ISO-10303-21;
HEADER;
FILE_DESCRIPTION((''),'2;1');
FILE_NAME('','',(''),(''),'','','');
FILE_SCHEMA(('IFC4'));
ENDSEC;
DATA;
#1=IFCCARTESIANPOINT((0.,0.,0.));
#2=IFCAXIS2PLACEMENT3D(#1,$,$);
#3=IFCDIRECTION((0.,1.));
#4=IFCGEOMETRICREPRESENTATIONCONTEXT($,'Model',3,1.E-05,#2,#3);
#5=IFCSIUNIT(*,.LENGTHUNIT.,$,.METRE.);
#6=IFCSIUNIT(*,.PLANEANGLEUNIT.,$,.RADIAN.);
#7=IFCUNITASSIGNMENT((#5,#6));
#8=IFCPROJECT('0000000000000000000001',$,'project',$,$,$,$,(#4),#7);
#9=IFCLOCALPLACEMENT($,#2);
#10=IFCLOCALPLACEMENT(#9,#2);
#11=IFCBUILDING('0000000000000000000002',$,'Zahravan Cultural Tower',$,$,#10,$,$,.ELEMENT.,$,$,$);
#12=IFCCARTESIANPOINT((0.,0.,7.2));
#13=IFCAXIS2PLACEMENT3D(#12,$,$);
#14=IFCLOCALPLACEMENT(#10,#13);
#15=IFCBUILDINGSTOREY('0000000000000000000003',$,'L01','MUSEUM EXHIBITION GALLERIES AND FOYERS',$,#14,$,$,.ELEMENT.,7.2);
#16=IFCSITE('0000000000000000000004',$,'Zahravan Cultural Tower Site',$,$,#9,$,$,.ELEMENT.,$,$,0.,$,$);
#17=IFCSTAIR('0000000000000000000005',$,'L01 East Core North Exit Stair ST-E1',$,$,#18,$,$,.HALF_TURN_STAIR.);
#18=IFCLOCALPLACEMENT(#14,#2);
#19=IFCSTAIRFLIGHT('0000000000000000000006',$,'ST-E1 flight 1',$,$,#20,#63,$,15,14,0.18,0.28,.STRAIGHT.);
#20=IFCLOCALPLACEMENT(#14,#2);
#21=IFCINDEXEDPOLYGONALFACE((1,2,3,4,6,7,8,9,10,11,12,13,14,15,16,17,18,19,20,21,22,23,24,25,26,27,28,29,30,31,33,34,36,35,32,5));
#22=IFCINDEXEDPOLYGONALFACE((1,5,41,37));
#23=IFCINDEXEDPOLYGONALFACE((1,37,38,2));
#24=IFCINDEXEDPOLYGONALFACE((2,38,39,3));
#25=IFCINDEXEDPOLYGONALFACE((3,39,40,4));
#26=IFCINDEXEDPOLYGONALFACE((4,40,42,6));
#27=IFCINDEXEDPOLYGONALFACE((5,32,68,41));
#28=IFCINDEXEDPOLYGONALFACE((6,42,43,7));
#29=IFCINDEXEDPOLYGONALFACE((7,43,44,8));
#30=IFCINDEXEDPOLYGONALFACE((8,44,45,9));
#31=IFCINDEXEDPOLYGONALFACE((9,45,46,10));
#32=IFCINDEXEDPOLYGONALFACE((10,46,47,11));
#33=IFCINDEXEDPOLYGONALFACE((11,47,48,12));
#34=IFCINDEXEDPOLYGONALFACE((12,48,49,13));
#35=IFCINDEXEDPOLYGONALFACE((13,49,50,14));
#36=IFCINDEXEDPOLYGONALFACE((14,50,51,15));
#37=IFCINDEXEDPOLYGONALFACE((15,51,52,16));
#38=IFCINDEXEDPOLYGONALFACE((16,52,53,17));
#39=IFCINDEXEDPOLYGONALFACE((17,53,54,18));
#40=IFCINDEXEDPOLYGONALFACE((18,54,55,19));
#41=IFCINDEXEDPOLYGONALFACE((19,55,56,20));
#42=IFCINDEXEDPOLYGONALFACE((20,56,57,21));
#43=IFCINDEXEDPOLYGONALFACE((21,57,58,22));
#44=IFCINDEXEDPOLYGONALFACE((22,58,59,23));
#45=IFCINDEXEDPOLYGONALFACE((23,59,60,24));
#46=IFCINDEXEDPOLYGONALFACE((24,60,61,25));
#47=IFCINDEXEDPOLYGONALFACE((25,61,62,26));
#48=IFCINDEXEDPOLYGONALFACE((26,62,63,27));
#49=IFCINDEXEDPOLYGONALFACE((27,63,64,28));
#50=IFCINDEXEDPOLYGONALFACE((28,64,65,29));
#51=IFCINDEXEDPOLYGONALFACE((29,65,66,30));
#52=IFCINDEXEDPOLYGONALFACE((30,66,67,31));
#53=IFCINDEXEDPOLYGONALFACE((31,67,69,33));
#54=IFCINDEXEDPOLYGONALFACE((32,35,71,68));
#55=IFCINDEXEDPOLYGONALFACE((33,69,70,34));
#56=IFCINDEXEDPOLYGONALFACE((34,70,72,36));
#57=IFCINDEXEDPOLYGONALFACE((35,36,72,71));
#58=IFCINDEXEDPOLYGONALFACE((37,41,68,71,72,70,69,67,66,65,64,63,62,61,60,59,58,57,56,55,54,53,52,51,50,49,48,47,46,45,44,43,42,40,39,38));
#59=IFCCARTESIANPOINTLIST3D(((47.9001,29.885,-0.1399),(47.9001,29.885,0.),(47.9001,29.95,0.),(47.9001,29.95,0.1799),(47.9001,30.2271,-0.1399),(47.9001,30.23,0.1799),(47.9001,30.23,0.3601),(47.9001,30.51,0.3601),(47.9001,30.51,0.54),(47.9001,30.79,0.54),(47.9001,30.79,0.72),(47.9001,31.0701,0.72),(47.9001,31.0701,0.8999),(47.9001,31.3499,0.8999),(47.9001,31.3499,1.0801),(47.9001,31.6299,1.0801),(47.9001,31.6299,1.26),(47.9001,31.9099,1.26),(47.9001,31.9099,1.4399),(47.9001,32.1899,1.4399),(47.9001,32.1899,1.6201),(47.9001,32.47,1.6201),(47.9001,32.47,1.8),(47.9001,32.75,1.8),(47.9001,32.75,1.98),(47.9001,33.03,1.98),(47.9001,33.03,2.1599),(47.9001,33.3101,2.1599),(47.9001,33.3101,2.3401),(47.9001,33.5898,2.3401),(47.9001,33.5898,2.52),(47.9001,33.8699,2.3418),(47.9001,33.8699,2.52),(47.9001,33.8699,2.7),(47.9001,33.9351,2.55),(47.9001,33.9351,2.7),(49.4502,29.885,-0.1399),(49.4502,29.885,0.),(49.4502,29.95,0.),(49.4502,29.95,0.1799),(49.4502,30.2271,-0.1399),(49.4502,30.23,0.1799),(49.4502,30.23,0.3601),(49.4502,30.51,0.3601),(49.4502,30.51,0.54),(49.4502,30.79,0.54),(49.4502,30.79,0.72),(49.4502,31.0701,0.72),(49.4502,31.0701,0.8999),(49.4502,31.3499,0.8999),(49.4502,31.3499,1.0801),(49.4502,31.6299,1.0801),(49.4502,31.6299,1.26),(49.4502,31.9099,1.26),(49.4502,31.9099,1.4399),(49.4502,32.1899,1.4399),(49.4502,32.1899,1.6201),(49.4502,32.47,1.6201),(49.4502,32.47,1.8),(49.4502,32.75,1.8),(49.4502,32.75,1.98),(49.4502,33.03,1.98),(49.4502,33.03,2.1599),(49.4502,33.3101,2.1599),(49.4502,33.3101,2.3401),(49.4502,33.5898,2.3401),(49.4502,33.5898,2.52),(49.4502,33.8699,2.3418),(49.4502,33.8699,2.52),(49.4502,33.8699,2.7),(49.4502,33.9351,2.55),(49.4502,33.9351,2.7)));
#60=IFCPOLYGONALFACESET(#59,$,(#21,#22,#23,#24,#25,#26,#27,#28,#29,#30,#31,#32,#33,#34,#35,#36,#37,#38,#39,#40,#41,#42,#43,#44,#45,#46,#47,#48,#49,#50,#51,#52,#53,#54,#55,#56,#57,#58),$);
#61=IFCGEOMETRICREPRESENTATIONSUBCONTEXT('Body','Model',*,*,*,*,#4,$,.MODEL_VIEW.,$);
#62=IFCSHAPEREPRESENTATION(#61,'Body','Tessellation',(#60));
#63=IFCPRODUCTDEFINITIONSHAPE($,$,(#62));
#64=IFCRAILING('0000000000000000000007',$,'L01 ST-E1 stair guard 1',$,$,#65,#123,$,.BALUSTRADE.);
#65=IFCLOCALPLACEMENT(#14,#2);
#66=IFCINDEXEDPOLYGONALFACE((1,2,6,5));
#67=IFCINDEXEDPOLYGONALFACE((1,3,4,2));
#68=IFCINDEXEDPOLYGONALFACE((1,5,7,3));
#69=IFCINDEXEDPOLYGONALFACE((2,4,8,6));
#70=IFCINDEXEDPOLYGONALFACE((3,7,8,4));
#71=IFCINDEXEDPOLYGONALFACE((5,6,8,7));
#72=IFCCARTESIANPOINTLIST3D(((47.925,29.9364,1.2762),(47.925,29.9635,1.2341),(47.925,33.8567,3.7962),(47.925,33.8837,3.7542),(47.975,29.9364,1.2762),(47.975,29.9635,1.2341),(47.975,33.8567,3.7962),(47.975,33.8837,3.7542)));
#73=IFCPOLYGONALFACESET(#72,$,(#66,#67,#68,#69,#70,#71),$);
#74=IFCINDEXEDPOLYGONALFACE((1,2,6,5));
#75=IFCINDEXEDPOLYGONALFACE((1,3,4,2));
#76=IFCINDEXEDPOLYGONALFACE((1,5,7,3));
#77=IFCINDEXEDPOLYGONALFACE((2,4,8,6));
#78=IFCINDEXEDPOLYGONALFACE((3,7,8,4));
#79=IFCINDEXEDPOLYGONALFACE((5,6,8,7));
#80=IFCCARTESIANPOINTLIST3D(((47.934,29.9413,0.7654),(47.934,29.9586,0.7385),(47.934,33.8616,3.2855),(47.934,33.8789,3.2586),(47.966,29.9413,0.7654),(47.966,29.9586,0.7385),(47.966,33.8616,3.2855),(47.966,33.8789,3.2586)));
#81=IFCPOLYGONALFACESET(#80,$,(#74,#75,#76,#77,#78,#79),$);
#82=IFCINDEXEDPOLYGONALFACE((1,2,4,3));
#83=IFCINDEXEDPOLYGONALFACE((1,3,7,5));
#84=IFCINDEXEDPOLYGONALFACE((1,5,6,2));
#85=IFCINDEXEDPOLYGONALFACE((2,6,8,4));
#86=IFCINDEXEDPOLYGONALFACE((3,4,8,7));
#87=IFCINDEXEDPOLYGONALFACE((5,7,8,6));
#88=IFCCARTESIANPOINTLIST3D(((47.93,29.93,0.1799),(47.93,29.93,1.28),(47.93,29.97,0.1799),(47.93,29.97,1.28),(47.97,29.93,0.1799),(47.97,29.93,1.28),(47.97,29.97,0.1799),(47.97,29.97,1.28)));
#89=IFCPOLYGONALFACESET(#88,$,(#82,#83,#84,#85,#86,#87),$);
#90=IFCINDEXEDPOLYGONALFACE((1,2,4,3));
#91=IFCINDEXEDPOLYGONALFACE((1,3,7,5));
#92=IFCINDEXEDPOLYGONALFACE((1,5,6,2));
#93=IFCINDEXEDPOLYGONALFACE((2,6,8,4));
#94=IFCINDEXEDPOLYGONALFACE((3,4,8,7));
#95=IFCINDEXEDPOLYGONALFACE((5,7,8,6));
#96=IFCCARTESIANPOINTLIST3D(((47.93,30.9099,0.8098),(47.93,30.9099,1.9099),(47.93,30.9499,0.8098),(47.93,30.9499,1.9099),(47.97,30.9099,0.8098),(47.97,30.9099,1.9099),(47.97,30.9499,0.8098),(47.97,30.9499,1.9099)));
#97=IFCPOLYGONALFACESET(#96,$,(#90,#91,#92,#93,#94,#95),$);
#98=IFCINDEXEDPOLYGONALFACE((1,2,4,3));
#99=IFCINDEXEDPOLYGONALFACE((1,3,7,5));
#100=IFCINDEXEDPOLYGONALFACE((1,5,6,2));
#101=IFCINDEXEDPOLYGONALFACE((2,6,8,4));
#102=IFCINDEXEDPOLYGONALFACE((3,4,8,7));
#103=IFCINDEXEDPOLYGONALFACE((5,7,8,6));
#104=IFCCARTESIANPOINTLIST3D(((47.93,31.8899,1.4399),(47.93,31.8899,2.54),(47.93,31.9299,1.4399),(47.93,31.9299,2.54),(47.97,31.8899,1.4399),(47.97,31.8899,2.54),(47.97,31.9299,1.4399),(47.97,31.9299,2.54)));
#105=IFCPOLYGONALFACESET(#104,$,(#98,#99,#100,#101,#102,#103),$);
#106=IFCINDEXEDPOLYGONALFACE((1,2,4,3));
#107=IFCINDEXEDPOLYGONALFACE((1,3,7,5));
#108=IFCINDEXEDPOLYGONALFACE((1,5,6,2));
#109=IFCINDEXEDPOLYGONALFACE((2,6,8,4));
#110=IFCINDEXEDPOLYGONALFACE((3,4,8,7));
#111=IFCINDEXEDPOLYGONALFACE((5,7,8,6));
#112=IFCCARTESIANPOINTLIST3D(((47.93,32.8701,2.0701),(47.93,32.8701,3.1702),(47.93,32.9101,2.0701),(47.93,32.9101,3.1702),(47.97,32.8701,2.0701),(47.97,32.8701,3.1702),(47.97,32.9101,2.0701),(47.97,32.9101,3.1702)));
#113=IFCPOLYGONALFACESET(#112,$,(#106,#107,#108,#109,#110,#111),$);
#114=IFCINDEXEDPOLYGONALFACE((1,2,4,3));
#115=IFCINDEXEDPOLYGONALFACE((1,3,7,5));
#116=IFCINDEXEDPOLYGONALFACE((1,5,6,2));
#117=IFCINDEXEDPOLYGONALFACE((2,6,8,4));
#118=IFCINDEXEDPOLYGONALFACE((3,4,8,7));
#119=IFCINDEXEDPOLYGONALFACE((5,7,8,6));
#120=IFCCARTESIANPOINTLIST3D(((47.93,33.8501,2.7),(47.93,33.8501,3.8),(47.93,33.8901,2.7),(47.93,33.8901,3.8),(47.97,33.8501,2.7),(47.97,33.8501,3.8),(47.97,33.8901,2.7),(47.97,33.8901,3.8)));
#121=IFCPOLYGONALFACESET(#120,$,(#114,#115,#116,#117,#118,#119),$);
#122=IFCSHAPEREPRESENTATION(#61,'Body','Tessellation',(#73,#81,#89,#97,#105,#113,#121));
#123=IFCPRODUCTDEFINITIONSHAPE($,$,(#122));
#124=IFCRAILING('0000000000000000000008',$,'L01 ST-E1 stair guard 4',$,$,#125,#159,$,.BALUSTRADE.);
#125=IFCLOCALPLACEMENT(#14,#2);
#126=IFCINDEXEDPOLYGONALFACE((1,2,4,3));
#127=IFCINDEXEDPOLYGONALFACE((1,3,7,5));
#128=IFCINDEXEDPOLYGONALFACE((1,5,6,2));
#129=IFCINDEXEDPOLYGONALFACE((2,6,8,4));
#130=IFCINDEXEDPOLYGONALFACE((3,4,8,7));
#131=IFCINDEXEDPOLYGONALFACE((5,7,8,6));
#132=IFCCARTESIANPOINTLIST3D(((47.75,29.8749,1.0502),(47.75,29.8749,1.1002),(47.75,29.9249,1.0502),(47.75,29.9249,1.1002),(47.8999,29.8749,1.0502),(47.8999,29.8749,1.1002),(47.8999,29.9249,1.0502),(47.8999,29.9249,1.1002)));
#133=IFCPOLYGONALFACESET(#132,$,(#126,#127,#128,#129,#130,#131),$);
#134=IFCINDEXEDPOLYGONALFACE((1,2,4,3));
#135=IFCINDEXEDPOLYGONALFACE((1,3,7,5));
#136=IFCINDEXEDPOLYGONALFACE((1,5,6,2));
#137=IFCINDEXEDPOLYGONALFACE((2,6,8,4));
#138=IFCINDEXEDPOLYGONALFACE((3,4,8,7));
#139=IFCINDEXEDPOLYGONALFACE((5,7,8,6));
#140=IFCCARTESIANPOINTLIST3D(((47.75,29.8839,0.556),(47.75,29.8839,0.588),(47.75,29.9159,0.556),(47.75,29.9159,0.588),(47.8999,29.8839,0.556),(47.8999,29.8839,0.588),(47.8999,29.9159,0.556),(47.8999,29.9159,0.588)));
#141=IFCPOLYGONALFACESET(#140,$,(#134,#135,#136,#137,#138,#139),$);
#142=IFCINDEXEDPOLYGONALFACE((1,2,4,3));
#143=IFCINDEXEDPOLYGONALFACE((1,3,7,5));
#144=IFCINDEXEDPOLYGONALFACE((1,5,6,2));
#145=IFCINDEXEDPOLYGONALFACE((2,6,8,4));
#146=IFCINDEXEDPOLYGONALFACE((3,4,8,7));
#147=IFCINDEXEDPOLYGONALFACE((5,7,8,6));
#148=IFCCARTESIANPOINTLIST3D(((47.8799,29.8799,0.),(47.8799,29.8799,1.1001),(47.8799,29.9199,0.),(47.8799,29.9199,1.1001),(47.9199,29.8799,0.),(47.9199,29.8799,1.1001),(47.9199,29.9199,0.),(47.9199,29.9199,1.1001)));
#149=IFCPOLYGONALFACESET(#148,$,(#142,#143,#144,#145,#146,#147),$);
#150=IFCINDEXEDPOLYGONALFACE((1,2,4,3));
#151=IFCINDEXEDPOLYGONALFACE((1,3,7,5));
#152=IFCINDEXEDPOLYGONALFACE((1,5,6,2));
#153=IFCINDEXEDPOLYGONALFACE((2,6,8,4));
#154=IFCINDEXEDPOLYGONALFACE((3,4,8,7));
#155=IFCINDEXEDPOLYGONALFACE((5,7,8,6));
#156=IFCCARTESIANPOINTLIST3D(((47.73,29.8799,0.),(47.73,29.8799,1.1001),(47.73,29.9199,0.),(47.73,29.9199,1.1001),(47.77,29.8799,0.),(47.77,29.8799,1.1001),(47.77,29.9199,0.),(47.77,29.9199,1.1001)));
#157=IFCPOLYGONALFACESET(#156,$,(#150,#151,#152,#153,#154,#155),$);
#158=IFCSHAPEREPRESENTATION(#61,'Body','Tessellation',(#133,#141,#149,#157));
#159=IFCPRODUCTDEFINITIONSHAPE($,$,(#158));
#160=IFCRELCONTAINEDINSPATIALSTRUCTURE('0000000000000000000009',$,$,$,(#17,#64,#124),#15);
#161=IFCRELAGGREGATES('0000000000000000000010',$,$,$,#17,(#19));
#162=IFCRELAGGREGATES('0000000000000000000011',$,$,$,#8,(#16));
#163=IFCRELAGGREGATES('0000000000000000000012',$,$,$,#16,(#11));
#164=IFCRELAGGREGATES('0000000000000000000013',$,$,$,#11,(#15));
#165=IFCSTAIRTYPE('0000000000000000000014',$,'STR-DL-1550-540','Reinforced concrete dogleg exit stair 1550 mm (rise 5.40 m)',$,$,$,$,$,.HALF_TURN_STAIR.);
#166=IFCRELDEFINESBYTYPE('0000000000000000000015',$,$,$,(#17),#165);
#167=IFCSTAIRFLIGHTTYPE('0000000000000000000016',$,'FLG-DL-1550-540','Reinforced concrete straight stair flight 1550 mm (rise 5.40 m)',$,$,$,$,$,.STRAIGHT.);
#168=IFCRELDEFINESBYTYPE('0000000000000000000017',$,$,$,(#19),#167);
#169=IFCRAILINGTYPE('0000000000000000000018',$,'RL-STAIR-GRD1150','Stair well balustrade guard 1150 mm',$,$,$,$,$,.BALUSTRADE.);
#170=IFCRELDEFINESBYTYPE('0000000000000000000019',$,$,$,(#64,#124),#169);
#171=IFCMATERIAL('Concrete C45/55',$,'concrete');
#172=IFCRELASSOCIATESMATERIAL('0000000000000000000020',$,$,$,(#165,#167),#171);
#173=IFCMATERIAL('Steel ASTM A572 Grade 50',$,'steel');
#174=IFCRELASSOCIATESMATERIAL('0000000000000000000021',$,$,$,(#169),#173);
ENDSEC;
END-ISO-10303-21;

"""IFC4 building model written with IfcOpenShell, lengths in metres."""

from ifc_helpers import new_model, si_unit, direction, frame, origin, origin_2d, place, context, subcontext, project, spatial, polyline, rectangle, outline, extrude, material, type_object, element, aggregate, save


model = new_model("IFC4")

# Units and contexts
model_context = context("Model", 3, precision=1e-05, world=origin(), true_north=direction((0.0, 1.0)))
body_context = subcontext(model_context, "Body", "Model", "MODEL_VIEW")
ifc_project = project(units=[si_unit("LENGTHUNIT", "METRE"), si_unit("PLANEANGLEUNIT", "RADIAN")], contexts=[model_context])

# Site, building, storey
site_placement = place(None, origin())
site = spatial("IfcSite", under=ifc_project, at=site_placement, Name="Zahravan Cultural Tower Site", CompositionType="ELEMENT", RefElevation=0.0)
building_placement = place(site_placement, origin())
building = spatial("IfcBuilding", under=site, at=building_placement, Name="Zahravan Cultural Tower", CompositionType="ELEMENT")
storey_placement = place(building_placement, frame((0.0, 0.0, 7.2)))
storey = spatial("IfcBuildingStorey", under=building, at=storey_placement, Name="L01", Description="MUSEUM EXHIBITION GALLERIES AND FOYERS", CompositionType="ELEMENT", Elevation=7.2)

# Shared definitions
ifc_material_1 = material(Name="Steel ASTM A572 Grade 50", Category="steel")
ifc_material_2 = material(Name="Concrete C45/55", Category="concrete")

# Stair, stair flight
stair_type = type_object("IfcStairType", Name="STR-DL-1550-540", Description="Reinforced concrete dogleg exit stair 1550 mm (rise 5.40 m)", PredefinedType="HALF_TURN_STAIR", material=ifc_material_2)
stair_placement = place(storey_placement, origin())
stair = element("IfcStair", 1, at=stair_placement, inside=storey, type_object=stair_type, Name="L01 East Core North Exit Stair ST-E1", PredefinedType="HALF_TURN_STAIR")
stair_flight_type = type_object("IfcStairFlightType", Name="FLG-DL-1550-540", Description="Reinforced concrete straight stair flight 1550 mm (rise 5.40 m)", PredefinedType="STRAIGHT", material=ifc_material_2)
stair_flight_placement = place(storey_placement, frame((48.675, 29.95, 0.0), z_axis=(0.0, 0.0, 1.0), x_axis=(0.0, 1.0, 0.0)))
stair_flight = element("IfcStairFlight", 2, at=stair_flight_placement, type_object=stair_flight_type, Name="ST-E1 flight 1", NumberOfRisers=15, NumberOfTreads=14, PredefinedType="STRAIGHT", RiserHeight=0.18, TreadLength=0.28, context=body_context, shape_type="SweptSolid", body=[
    extrude(outline(polyline([(-0.0649, -0.1399), (-0.0649, 0.0), (0.0, 0.0), (0.0, 0.1799), (0.28, 0.1799), (0.28, 0.3601), (0.5601, 0.3601), (0.5601, 0.54), (0.8401, 0.54), (0.8401, 0.72), (1.1201, 0.72), (1.1201, 0.8999), (1.3999, 0.8999), (1.3999, 1.0801), (1.6799, 1.0801), (1.6799, 1.26), (1.96, 1.26), (1.96, 1.4399), (2.24, 1.4399), (2.24, 1.6201), (2.52, 1.6201), (2.52, 1.8), (2.8, 1.8), (2.8, 1.98), (3.0801, 1.98), (3.0801, 2.1599), (3.3601, 2.1599), (3.3601, 2.3401), (3.6399, 2.3401), (3.6399, 2.52), (3.9199, 2.52), (3.9199, 2.7), (3.9851, 2.7), (3.9851, 2.55), (3.9199, 2.3418), (0.2771, -0.1399), (-0.0649, -0.1399)])), frame((0.0, 0.7749, 0.0), z_axis=(0.0, -1.0, 0.0), x_axis=(1.0, 0.0, 0.0)), (0.0, 0.0, 1.0), 1.55),
])
aggregate(stair, [stair_flight])

# Railings
railing_type_1 = type_object("IfcRailingType", Name="RL-STAIR-GRD1150", Description="Stair well balustrade guard 1150 mm", PredefinedType="BALUSTRADE", material=ifc_material_1)
railing_1_placement = place(storey_placement, frame((47.95, 29.95, 0.1799)))
element("IfcRailing", 3, at=railing_1_placement, inside=storey, type_object=railing_type_1, Name="L01 ST-E1 stair guard 1", PredefinedType="BALUSTRADE", context=body_context, shape_type="SweptSolid", body=[
    extrude(rectangle(XDim=0.05, YDim=0.05, at=origin_2d()), frame((0.0, 0.0, 1.0752), z_axis=(0.0, 0.841187, 0.540744), x_axis=(-1.0, 0.0, 0.0)), (0.0, 0.0, 1.0), 4.6604),
    extrude(rectangle(XDim=0.032, YDim=0.032, at=origin_2d()), frame((0.0, 0.0, 0.572), z_axis=(0.0, 0.841187, 0.540744), x_axis=(-1.0, 0.0, 0.0)), (0.0, 0.0, 1.0), 4.6604),
    extrude(rectangle(XDim=0.04, YDim=0.04, at=origin_2d()), origin(), (0.0, 0.0, 1.0), 1.1001),
    extrude(rectangle(XDim=0.04, YDim=0.04, at=origin_2d()), frame((0.0, 0.98, 0.6299)), (0.0, 0.0, 1.0), 1.1001),
    extrude(rectangle(XDim=0.04, YDim=0.04, at=origin_2d()), frame((0.0, 1.96, 1.26)), (0.0, 0.0, 1.0), 1.1001),
    extrude(rectangle(XDim=0.04, YDim=0.04, at=origin_2d()), frame((0.0, 2.9402, 1.8901)), (0.0, 0.0, 1.0), 1.1001),
    extrude(rectangle(XDim=0.04, YDim=0.04, at=origin_2d()), frame((0.0, 3.9202, 2.52)), (0.0, 0.0, 1.0), 1.1001),
])
railing_2_placement = place(storey_placement, frame((47.8999, 29.8999, 0.0)))
element("IfcRailing", 4, at=railing_2_placement, inside=storey, type_object=railing_type_1, Name="L01 ST-E1 stair guard 4", PredefinedType="BALUSTRADE", context=body_context, shape_type="SweptSolid", body=[
    extrude(rectangle(XDim=0.05, YDim=0.05, at=origin_2d()), frame((0.0, 0.0, 1.0752), z_axis=(-1.0, 0.0, 0.0), x_axis=(0.0, -1.0, 0.0)), (0.0, 0.0, 1.0), 0.1499),
    extrude(rectangle(XDim=0.032, YDim=0.032, at=origin_2d()), frame((0.0, 0.0, 0.572), z_axis=(-1.0, 0.0, 0.0), x_axis=(0.0, -1.0, 0.0)), (0.0, 0.0, 1.0), 0.1499),
    extrude(rectangle(XDim=0.04, YDim=0.04, at=origin_2d()), origin(), (0.0, 0.0, 1.0), 1.1001),
    extrude(rectangle(XDim=0.04, YDim=0.04, at=origin_2d()), frame((-0.1499, 0.0, 0.0)), (0.0, 0.0, 1.0), 1.1001),
])

save(model, "model.ifc")
